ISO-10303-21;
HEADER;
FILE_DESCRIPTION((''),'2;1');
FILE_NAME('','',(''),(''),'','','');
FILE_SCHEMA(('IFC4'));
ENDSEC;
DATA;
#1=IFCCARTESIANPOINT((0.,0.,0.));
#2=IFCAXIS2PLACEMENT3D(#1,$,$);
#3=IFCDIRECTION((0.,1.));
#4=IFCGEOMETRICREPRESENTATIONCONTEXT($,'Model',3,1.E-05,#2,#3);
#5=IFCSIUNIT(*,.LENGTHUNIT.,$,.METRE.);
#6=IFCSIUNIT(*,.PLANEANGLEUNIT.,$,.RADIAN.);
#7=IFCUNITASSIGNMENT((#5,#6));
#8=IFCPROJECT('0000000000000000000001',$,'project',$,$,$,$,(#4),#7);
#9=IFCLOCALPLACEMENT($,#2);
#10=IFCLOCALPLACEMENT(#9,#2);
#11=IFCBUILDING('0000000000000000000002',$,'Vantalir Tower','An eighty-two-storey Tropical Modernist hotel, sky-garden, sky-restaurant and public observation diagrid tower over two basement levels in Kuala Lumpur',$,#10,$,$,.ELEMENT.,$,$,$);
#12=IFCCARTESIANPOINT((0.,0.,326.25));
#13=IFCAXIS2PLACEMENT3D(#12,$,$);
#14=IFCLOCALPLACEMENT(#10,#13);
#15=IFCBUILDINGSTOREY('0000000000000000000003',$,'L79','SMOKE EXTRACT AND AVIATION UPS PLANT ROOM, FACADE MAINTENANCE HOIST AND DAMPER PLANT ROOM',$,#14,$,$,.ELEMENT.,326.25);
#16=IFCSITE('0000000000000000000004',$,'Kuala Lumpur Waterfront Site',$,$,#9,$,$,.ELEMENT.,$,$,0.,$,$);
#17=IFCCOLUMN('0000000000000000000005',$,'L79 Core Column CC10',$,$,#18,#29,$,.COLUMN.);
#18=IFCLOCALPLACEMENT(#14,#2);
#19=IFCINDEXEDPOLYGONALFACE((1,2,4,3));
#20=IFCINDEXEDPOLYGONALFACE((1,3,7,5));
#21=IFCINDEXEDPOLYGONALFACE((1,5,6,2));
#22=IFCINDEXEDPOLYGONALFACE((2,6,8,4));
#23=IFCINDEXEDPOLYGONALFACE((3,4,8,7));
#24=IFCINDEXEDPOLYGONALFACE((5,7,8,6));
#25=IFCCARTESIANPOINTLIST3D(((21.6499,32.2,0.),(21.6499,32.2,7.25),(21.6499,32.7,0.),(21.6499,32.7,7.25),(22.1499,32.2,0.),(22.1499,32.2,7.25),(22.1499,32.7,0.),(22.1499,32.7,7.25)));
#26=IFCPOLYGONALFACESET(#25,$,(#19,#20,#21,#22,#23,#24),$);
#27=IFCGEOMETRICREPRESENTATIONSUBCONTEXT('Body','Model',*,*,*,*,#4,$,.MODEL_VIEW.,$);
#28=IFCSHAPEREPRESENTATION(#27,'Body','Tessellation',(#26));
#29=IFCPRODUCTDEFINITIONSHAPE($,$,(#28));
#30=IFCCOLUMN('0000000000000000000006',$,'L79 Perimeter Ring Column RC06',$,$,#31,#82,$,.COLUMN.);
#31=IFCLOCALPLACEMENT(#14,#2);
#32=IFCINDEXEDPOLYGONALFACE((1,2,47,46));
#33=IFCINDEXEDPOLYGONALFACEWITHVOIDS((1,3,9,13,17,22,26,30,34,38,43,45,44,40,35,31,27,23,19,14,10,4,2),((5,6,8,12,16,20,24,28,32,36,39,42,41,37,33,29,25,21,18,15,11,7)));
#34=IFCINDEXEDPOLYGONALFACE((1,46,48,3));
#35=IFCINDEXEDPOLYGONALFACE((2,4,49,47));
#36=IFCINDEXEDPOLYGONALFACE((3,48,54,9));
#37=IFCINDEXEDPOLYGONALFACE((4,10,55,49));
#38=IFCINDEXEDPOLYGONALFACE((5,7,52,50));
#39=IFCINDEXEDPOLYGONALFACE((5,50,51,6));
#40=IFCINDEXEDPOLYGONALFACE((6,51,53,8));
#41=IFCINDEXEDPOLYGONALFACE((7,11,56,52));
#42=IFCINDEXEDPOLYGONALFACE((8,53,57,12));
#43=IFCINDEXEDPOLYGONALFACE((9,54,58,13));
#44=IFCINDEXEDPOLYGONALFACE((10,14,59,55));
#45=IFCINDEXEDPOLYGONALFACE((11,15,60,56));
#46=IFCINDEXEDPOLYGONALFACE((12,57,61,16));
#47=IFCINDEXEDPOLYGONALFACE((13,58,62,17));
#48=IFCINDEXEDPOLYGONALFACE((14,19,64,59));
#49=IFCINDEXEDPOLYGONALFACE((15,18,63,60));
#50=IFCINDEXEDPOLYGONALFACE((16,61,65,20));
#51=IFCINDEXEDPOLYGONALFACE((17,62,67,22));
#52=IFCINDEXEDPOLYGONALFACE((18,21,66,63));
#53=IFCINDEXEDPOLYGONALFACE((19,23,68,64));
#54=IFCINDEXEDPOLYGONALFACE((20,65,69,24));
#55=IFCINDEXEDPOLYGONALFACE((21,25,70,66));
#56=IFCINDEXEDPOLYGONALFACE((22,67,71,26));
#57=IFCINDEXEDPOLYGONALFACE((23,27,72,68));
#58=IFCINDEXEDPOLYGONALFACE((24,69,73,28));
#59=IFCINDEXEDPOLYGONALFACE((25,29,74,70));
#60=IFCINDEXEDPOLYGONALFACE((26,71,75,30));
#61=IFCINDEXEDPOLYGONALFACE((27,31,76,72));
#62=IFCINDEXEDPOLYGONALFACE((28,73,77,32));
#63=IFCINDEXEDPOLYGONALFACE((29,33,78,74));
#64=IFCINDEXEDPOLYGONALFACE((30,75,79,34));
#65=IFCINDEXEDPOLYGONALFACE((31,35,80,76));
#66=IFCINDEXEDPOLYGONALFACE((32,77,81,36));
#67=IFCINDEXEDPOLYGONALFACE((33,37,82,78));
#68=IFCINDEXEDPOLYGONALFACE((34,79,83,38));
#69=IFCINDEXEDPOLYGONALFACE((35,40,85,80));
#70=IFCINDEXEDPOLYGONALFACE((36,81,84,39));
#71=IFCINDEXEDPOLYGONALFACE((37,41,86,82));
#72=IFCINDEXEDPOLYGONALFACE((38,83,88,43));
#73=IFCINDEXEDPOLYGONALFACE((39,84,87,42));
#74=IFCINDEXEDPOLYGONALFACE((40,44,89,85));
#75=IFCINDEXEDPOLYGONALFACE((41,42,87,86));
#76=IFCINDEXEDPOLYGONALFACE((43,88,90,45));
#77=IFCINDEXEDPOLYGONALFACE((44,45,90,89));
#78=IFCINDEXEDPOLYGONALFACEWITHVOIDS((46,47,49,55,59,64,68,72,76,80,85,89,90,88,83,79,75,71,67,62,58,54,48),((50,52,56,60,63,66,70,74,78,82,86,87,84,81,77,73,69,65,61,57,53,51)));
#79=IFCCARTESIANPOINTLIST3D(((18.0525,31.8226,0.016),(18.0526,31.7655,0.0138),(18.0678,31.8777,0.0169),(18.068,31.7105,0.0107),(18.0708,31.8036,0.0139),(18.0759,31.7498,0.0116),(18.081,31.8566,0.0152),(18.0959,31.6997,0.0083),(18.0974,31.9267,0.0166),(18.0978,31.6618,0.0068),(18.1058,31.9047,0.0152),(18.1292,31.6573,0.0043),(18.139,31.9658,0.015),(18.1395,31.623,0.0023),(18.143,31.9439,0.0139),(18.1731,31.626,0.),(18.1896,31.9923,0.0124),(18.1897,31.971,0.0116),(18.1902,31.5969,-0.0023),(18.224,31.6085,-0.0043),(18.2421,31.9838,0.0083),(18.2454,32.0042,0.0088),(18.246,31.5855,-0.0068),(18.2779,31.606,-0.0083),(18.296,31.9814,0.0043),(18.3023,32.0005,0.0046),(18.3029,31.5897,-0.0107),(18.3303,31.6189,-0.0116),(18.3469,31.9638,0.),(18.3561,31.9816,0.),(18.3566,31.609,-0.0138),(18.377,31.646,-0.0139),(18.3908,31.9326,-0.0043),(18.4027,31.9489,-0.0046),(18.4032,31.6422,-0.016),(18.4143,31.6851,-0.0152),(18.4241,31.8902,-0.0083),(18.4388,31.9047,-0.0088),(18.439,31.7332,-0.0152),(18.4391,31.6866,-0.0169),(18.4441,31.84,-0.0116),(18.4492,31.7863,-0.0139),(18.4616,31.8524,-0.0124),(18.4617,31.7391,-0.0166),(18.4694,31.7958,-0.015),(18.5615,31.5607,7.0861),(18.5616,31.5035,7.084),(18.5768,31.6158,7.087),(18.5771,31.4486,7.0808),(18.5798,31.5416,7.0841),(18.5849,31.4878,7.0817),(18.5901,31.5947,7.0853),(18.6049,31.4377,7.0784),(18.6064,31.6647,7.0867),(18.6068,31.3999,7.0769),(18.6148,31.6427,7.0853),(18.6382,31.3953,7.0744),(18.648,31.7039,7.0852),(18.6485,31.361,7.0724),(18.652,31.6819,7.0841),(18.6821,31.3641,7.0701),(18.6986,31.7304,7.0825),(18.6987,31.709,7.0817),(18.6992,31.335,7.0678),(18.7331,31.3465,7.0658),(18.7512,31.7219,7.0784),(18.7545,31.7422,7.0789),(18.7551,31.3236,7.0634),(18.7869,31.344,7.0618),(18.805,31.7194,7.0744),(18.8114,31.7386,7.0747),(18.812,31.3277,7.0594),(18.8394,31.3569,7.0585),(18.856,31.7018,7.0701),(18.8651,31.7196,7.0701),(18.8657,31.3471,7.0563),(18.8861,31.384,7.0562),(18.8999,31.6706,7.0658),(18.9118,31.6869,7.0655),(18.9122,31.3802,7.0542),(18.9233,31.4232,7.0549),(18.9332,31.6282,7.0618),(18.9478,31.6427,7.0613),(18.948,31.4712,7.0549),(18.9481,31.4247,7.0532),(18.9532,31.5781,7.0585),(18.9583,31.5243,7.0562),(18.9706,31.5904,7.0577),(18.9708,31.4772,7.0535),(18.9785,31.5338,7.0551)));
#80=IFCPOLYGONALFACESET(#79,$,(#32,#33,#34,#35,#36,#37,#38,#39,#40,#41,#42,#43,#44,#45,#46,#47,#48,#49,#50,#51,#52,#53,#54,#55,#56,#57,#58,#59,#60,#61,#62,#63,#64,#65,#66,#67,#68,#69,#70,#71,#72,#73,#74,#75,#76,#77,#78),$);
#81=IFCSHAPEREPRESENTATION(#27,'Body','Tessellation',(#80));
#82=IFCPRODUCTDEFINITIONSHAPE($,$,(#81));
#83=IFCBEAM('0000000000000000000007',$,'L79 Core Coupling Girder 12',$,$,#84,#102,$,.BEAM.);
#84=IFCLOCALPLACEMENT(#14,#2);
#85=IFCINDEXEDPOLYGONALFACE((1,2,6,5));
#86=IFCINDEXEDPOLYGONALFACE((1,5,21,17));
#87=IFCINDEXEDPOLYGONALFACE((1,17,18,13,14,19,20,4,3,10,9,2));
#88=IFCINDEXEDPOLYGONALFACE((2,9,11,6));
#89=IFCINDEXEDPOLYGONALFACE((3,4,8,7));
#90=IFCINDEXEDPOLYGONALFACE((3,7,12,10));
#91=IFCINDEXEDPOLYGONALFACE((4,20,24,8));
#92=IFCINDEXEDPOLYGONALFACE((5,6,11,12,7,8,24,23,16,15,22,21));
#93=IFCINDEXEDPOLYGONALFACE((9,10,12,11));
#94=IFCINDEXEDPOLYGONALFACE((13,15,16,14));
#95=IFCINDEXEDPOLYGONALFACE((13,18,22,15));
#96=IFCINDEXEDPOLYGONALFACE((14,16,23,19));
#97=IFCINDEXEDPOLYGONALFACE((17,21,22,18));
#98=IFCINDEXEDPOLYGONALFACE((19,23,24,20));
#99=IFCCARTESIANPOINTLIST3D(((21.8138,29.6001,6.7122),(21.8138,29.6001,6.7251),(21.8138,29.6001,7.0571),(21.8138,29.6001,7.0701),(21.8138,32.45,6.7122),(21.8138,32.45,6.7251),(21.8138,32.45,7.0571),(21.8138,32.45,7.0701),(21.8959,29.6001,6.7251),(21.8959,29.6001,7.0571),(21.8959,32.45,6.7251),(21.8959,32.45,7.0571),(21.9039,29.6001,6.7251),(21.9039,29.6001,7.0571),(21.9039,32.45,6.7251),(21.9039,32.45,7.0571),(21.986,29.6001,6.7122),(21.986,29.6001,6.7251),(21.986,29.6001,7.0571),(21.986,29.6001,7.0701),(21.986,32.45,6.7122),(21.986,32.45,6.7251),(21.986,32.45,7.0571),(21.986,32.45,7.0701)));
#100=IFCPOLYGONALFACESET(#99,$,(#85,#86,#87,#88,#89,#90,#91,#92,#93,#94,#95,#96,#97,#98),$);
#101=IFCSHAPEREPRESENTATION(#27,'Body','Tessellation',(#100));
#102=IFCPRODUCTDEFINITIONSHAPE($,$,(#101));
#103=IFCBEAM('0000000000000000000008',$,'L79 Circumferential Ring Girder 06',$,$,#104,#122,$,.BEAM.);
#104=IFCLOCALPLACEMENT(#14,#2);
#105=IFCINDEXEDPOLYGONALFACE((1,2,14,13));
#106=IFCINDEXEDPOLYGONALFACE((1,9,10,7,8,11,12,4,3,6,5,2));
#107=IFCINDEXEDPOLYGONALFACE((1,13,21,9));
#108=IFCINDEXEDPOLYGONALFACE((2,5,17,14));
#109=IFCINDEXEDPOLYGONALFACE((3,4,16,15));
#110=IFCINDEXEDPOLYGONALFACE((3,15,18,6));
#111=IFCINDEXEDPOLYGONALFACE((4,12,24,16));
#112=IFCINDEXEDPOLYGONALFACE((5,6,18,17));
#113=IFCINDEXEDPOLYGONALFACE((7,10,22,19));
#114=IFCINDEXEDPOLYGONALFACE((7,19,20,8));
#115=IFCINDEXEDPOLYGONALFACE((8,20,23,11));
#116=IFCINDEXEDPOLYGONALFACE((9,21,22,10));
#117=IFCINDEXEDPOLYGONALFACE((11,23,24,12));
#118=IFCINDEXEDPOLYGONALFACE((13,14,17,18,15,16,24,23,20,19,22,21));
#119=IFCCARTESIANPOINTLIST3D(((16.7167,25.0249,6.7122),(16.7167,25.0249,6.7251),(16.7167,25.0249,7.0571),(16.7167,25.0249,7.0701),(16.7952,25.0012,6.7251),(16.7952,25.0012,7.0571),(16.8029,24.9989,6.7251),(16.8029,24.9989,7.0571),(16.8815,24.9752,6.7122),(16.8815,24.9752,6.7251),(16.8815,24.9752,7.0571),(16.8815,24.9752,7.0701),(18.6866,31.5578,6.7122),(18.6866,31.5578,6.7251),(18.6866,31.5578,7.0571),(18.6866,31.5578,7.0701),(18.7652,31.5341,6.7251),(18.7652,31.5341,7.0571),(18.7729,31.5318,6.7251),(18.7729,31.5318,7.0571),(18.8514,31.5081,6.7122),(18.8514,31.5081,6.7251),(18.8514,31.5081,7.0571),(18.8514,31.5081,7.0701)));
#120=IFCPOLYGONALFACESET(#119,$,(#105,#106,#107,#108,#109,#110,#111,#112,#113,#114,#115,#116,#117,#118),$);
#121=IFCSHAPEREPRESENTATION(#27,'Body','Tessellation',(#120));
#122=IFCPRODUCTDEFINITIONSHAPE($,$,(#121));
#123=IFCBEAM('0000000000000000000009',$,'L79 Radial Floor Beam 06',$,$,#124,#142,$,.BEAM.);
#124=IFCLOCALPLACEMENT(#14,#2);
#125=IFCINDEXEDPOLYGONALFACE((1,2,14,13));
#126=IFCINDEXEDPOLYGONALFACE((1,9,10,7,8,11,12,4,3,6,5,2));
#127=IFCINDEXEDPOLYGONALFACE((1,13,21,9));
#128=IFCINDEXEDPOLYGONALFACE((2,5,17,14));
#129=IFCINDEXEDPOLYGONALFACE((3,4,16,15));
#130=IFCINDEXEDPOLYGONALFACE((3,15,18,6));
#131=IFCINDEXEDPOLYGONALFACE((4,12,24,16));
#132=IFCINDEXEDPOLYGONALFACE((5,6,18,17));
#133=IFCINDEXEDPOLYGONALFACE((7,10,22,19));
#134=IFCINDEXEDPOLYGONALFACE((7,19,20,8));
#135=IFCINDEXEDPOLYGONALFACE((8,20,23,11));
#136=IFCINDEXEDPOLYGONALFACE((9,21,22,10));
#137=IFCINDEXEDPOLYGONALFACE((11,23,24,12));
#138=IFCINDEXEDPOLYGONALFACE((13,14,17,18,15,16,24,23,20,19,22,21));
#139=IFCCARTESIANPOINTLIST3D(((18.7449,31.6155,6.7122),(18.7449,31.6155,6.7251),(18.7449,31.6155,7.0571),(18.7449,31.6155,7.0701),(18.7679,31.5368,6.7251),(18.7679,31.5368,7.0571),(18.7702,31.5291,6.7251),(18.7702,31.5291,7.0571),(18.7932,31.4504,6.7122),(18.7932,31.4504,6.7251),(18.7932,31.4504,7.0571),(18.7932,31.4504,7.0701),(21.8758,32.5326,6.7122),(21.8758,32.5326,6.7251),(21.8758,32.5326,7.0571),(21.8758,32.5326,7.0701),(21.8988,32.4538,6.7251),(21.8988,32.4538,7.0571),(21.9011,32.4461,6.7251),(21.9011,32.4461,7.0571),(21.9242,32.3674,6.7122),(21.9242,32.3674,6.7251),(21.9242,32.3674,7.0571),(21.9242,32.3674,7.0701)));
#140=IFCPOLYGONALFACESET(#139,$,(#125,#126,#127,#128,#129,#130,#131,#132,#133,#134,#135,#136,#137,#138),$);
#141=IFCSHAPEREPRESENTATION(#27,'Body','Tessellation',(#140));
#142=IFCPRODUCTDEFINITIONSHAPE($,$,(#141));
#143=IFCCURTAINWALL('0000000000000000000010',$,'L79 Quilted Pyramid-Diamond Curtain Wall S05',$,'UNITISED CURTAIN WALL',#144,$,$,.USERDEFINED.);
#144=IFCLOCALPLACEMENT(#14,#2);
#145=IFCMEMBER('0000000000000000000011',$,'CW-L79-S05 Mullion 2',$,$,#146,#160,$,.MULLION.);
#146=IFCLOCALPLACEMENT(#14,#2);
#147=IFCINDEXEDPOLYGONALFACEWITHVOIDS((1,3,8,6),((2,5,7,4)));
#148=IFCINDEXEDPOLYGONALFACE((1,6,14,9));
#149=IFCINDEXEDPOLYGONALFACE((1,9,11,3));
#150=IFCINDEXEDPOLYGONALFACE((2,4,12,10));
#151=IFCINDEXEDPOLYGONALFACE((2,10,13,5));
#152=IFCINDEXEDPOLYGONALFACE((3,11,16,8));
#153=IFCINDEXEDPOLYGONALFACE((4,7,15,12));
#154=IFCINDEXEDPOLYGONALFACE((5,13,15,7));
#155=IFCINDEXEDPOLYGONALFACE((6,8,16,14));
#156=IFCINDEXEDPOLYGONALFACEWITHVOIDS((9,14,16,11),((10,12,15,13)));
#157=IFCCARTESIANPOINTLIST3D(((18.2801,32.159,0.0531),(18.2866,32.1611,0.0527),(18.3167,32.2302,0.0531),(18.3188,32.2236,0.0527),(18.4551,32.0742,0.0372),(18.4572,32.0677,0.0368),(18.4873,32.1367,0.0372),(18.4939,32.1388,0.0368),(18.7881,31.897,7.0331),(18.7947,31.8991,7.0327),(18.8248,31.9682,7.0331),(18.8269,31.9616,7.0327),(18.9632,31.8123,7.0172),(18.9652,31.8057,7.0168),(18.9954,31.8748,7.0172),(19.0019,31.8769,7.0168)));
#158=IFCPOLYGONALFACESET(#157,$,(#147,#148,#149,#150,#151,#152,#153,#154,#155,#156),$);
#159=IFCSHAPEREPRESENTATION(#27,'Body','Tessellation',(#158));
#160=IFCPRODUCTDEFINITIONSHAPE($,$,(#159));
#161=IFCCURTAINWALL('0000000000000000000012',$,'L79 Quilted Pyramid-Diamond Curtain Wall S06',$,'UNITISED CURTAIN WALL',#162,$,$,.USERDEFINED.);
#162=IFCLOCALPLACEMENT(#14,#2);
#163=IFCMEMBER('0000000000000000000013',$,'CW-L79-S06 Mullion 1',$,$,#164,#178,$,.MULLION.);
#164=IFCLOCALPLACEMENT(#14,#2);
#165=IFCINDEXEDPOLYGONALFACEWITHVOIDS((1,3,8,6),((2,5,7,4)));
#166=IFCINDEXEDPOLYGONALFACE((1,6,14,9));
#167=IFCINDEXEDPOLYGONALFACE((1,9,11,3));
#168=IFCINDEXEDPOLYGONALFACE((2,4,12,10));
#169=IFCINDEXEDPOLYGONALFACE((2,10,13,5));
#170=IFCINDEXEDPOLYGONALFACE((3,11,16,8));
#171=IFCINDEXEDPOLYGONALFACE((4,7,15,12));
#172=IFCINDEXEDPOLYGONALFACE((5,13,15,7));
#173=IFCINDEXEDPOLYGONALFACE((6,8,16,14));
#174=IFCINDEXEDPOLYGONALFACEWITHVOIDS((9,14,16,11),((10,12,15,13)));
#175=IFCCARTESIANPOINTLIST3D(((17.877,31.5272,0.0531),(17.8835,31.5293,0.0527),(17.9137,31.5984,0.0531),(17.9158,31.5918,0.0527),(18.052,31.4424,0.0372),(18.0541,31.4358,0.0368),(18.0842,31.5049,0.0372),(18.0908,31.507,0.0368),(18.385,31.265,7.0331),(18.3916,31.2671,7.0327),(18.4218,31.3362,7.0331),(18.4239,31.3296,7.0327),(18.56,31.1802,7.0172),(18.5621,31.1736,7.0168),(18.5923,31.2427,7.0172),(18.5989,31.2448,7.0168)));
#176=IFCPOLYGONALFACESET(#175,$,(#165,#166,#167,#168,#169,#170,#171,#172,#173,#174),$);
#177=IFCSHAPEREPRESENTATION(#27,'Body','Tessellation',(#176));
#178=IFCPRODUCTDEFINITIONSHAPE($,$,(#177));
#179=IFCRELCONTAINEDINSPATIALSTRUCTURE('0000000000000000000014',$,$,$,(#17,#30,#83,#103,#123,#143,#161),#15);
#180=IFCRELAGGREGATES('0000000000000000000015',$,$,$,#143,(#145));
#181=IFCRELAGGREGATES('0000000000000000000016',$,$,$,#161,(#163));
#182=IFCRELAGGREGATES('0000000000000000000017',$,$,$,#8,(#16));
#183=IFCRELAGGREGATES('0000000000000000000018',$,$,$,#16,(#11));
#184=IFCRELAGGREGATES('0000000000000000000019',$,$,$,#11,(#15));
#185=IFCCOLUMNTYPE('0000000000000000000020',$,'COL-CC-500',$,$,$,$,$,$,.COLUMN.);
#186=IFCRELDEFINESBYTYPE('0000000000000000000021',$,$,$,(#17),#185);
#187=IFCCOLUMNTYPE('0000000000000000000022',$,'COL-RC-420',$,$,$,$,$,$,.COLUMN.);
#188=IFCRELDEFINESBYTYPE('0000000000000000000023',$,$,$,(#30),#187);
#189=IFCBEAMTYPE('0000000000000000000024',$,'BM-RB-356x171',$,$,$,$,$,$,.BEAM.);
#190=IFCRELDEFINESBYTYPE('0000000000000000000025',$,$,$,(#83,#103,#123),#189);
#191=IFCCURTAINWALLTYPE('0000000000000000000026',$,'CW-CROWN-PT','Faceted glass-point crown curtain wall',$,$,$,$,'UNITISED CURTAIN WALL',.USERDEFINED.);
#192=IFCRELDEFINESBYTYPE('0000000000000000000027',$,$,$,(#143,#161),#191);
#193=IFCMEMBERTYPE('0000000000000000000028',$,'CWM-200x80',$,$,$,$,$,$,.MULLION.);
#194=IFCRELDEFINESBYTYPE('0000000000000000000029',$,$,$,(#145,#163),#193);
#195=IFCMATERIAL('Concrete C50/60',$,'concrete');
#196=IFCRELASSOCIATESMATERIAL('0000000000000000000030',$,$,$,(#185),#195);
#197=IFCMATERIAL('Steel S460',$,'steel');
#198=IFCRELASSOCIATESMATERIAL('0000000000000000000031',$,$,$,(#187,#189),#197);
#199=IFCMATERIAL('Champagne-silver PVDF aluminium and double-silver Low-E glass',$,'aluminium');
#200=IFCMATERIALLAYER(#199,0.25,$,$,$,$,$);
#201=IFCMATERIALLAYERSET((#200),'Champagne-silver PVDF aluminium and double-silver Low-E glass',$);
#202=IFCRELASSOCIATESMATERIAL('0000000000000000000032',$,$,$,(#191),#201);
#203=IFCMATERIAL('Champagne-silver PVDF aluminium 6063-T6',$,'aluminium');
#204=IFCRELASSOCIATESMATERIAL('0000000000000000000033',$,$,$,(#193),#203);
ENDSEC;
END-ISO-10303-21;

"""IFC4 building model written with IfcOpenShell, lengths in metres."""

from ifc_helpers import new_model, si_unit, direction, frame, origin, origin_2d, place, context, subcontext, project, spatial, rectangle, hollow_rectangle, hollow_circle, i_section, extrude, material, layer, layer_set, material_profile, profile_set, type_object, element, aggregate, save


model = new_model("IFC4")

# Units and contexts
model_context = context("Model", 3, precision=1e-05, world=origin(), true_north=direction((0.0, 1.0)))
body_context = subcontext(model_context, "Body", "Model", "MODEL_VIEW")
ifc_project = project(units=[si_unit("LENGTHUNIT", "METRE"), si_unit("PLANEANGLEUNIT", "RADIAN")], contexts=[model_context])

# Site, building, storey
site_placement = place(None, origin())
site = spatial("IfcSite", under=ifc_project, at=site_placement, Name="Kuala Lumpur Waterfront Site", CompositionType="ELEMENT", RefElevation=0.0)
building_placement = place(site_placement, origin())
building = spatial("IfcBuilding", under=site, at=building_placement, Name="Vantalir Tower", Description="An eighty-two-storey Tropical Modernist hotel, sky-garden, sky-restaurant and public observation diagrid tower over two basement levels in Kuala Lumpur", CompositionType="ELEMENT")
storey_placement = place(building_placement, frame((0.0, 0.0, 326.25)))
storey = spatial("IfcBuildingStorey", under=building, at=storey_placement, Name="L79", Description="SMOKE EXTRACT AND AVIATION UPS PLANT ROOM, FACADE MAINTENANCE HOIST AND DAMPER PLANT ROOM", CompositionType="ELEMENT", Elevation=326.25)

# Columns
ifc_material_1 = material(Name="Concrete C50/60", Category="concrete")
ifc_material_profile_1 = material_profile(ifc_material_1, rectangle(XDim=0.5, YDim=0.5, at=origin_2d()), Name="Concrete C50/60")
ifc_profile_set_1 = profile_set([ifc_material_profile_1], Name="Concrete C50/60")
column_type_1 = type_object("IfcColumnType", Name="COL-CC-500", PredefinedType="COLUMN", material=ifc_profile_set_1)
column_1_placement = place(storey_placement, frame((21.8999, 32.45, 0.0), z_axis=(0.0, 0.0, 1.0), x_axis=(1.0, 0.0, 0.0)))
element("IfcColumn", 1, at=column_1_placement, inside=storey, type_object=column_type_1, Name="L79 Core Column CC10", PredefinedType="COLUMN", context=body_context, shape_type="SweptSolid", body=[
    extrude(rectangle(XDim=0.5, YDim=0.5, at=origin_2d()), origin(), (0.0, 0.0, 1.0), 7.25),
])
ifc_material_2 = material(Name="Steel S460", Category="steel")
ifc_material_profile_2 = material_profile(ifc_material_2, hollow_circle(Radius=0.21, WallThickness=0.02, at=origin_2d()), Name="Steel S460")
ifc_profile_set_2 = profile_set([ifc_material_profile_2], Name="Steel S460")
column_type_2 = type_object("IfcColumnType", Name="COL-RC-420", PredefinedType="COLUMN", material=ifc_profile_set_2)
column_2_placement = place(storey_placement, frame((18.26, 31.7949, 0.0), z_axis=(0.071763, -0.036932, 0.996738), x_axis=(0.457589, 0.889164, 0.0)))
element("IfcColumn", 2, at=column_2_placement, inside=storey, type_object=column_type_2, Name="L79 Perimeter Ring Column RC06", PredefinedType="COLUMN", context=body_context, shape_type="SweptSolid", body=[
    extrude(hollow_circle(Radius=0.21, WallThickness=0.02, at=origin_2d()), origin(), (0.0, 0.0, 1.0), 7.0933),
])

# Beams
ifc_material_profile_3 = material_profile(ifc_material_2, i_section(OverallWidth=0.1721, OverallDepth=0.3579, WebThickness=0.0081, FlangeThickness=0.0129, at=origin_2d()), Name="Steel S460")
ifc_profile_set_3 = profile_set([ifc_material_profile_3], Name="Steel S460")
beam_type = type_object("IfcBeamType", Name="BM-RB-356x171", PredefinedType="BEAM", material=ifc_profile_set_3)
beam_1_placement = place(storey_placement, frame((21.8999, 32.45, 6.8911), z_axis=(0.0, -1.0, 0.0), x_axis=(1.0, 0.0, 0.0)))
element("IfcBeam", 3, at=beam_1_placement, inside=storey, type_object=beam_type, Name="L79 Core Coupling Girder 12", PredefinedType="BEAM", context=body_context, shape_type="SweptSolid", body=[
    extrude(i_section(OverallWidth=0.1721, OverallDepth=0.3579, WebThickness=0.0081, FlangeThickness=0.0129, at=origin_2d()), origin(), (0.0, 0.0, 1.0), 2.8499),
])
beam_2_placement = place(storey_placement, frame((18.769, 31.533, 6.8911), z_axis=(-0.288703, -0.957419, 0.0), x_axis=(0.957419, -0.288703, 0.0)))
element("IfcBeam", 4, at=beam_2_placement, inside=storey, type_object=beam_type, Name="L79 Circumferential Ring Girder 06", PredefinedType="BEAM", context=body_context, shape_type="SweptSolid", body=[
    extrude(i_section(OverallWidth=0.1721, OverallDepth=0.3579, WebThickness=0.0081, FlangeThickness=0.0129, at=origin_2d()), origin(), (0.0, 0.0, 1.0), 6.8235),
])
beam_3_placement = place(storey_placement, frame((18.769, 31.533, 6.8911), z_axis=(0.959684, 0.28108, 0.0), x_axis=(-0.28108, 0.959684, 0.0)))
element("IfcBeam", 5, at=beam_3_placement, inside=storey, type_object=beam_type, Name="L79 Radial Floor Beam 06", PredefinedType="BEAM", context=body_context, shape_type="SweptSolid", body=[
    extrude(i_section(OverallWidth=0.1721, OverallDepth=0.3579, WebThickness=0.0081, FlangeThickness=0.0129, at=origin_2d()), origin(), (0.0, 0.0, 1.0), 3.2625),
])

# Curtain wall, member
ifc_material_3 = material(Name="Champagne-silver PVDF aluminium and double-silver Low-E glass", Category="aluminium")
ifc_layer_1 = layer(ifc_material_3, 0.25)
ifc_layer_set_1 = layer_set([ifc_layer_1], Name="Champagne-silver PVDF aluminium and double-silver Low-E glass")
curtain_wall_type = type_object("IfcCurtainWallType", Name="CW-CROWN-PT", Description="Faceted glass-point crown curtain wall", ElementType="UNITISED CURTAIN WALL", PredefinedType="USERDEFINED", material=ifc_layer_set_1)
curtain_wall_1_placement = place(storey_placement, origin())
curtain_wall_1 = element("IfcCurtainWall", 6, at=curtain_wall_1_placement, inside=storey, type_object=curtain_wall_type, Name="L79 Quilted Pyramid-Diamond Curtain Wall S05", ObjectType="UNITISED CURTAIN WALL", PredefinedType="USERDEFINED")
ifc_material_4 = material(Name="Champagne-silver PVDF aluminium 6063-T6", Category="aluminium")
ifc_material_profile_4 = material_profile(ifc_material_4, hollow_rectangle(XDim=0.0801, YDim=0.2, WallThickness=0.0049, at=origin_2d()), Name="Champagne-silver PVDF aluminium 6063-T6")
ifc_profile_set_4 = profile_set([ifc_material_profile_4], Name="Champagne-silver PVDF aluminium 6063-T6")
member_type_1 = type_object("IfcMemberType", Name="CWM-200x80", PredefinedType="MULLION", material=ifc_profile_set_4)
member_1_placement = place(storey_placement, frame((18.387, 32.1489, 0.0449), z_axis=(0.072545, -0.037405, 0.996663), x_axis=(0.458284, 0.888806, 0.0)))
member_1 = element("IfcMember", 7, at=member_1_placement, type_object=member_type_1, Name="CW-L79-S05 Mullion 2", PredefinedType="MULLION", context=body_context, shape_type="SweptSolid", body=[
    extrude(hollow_rectangle(XDim=0.0801, YDim=0.2, WallThickness=0.0049, at=origin_2d()), origin(), (0.0, 0.0, 1.0), 7.0034),
])

# Curtain wall, member
curtain_wall_2_placement = place(storey_placement, origin())
curtain_wall_2 = element("IfcCurtainWall", 8, at=curtain_wall_2_placement, inside=storey, type_object=curtain_wall_type, Name="L79 Quilted Pyramid-Diamond Curtain Wall S06", ObjectType="UNITISED CURTAIN WALL", PredefinedType="USERDEFINED")
member_2_placement = place(storey_placement, frame((17.9839, 31.5171, 0.0449), z_axis=(0.072545, -0.03744, 0.996662), x_axis=(0.458621, 0.888632, 0.0)))
member_2 = element("IfcMember", 9, at=member_2_placement, type_object=member_type_1, Name="CW-L79-S06 Mullion 1", PredefinedType="MULLION", context=body_context, shape_type="SweptSolid", body=[
    extrude(hollow_rectangle(XDim=0.0801, YDim=0.2, WallThickness=0.0049, at=origin_2d()), origin(), (0.0, 0.0, 1.0), 7.0034),
])

aggregate(curtain_wall_1, [member_1])
aggregate(curtain_wall_2, [member_2])

save(model, "model.ifc")
